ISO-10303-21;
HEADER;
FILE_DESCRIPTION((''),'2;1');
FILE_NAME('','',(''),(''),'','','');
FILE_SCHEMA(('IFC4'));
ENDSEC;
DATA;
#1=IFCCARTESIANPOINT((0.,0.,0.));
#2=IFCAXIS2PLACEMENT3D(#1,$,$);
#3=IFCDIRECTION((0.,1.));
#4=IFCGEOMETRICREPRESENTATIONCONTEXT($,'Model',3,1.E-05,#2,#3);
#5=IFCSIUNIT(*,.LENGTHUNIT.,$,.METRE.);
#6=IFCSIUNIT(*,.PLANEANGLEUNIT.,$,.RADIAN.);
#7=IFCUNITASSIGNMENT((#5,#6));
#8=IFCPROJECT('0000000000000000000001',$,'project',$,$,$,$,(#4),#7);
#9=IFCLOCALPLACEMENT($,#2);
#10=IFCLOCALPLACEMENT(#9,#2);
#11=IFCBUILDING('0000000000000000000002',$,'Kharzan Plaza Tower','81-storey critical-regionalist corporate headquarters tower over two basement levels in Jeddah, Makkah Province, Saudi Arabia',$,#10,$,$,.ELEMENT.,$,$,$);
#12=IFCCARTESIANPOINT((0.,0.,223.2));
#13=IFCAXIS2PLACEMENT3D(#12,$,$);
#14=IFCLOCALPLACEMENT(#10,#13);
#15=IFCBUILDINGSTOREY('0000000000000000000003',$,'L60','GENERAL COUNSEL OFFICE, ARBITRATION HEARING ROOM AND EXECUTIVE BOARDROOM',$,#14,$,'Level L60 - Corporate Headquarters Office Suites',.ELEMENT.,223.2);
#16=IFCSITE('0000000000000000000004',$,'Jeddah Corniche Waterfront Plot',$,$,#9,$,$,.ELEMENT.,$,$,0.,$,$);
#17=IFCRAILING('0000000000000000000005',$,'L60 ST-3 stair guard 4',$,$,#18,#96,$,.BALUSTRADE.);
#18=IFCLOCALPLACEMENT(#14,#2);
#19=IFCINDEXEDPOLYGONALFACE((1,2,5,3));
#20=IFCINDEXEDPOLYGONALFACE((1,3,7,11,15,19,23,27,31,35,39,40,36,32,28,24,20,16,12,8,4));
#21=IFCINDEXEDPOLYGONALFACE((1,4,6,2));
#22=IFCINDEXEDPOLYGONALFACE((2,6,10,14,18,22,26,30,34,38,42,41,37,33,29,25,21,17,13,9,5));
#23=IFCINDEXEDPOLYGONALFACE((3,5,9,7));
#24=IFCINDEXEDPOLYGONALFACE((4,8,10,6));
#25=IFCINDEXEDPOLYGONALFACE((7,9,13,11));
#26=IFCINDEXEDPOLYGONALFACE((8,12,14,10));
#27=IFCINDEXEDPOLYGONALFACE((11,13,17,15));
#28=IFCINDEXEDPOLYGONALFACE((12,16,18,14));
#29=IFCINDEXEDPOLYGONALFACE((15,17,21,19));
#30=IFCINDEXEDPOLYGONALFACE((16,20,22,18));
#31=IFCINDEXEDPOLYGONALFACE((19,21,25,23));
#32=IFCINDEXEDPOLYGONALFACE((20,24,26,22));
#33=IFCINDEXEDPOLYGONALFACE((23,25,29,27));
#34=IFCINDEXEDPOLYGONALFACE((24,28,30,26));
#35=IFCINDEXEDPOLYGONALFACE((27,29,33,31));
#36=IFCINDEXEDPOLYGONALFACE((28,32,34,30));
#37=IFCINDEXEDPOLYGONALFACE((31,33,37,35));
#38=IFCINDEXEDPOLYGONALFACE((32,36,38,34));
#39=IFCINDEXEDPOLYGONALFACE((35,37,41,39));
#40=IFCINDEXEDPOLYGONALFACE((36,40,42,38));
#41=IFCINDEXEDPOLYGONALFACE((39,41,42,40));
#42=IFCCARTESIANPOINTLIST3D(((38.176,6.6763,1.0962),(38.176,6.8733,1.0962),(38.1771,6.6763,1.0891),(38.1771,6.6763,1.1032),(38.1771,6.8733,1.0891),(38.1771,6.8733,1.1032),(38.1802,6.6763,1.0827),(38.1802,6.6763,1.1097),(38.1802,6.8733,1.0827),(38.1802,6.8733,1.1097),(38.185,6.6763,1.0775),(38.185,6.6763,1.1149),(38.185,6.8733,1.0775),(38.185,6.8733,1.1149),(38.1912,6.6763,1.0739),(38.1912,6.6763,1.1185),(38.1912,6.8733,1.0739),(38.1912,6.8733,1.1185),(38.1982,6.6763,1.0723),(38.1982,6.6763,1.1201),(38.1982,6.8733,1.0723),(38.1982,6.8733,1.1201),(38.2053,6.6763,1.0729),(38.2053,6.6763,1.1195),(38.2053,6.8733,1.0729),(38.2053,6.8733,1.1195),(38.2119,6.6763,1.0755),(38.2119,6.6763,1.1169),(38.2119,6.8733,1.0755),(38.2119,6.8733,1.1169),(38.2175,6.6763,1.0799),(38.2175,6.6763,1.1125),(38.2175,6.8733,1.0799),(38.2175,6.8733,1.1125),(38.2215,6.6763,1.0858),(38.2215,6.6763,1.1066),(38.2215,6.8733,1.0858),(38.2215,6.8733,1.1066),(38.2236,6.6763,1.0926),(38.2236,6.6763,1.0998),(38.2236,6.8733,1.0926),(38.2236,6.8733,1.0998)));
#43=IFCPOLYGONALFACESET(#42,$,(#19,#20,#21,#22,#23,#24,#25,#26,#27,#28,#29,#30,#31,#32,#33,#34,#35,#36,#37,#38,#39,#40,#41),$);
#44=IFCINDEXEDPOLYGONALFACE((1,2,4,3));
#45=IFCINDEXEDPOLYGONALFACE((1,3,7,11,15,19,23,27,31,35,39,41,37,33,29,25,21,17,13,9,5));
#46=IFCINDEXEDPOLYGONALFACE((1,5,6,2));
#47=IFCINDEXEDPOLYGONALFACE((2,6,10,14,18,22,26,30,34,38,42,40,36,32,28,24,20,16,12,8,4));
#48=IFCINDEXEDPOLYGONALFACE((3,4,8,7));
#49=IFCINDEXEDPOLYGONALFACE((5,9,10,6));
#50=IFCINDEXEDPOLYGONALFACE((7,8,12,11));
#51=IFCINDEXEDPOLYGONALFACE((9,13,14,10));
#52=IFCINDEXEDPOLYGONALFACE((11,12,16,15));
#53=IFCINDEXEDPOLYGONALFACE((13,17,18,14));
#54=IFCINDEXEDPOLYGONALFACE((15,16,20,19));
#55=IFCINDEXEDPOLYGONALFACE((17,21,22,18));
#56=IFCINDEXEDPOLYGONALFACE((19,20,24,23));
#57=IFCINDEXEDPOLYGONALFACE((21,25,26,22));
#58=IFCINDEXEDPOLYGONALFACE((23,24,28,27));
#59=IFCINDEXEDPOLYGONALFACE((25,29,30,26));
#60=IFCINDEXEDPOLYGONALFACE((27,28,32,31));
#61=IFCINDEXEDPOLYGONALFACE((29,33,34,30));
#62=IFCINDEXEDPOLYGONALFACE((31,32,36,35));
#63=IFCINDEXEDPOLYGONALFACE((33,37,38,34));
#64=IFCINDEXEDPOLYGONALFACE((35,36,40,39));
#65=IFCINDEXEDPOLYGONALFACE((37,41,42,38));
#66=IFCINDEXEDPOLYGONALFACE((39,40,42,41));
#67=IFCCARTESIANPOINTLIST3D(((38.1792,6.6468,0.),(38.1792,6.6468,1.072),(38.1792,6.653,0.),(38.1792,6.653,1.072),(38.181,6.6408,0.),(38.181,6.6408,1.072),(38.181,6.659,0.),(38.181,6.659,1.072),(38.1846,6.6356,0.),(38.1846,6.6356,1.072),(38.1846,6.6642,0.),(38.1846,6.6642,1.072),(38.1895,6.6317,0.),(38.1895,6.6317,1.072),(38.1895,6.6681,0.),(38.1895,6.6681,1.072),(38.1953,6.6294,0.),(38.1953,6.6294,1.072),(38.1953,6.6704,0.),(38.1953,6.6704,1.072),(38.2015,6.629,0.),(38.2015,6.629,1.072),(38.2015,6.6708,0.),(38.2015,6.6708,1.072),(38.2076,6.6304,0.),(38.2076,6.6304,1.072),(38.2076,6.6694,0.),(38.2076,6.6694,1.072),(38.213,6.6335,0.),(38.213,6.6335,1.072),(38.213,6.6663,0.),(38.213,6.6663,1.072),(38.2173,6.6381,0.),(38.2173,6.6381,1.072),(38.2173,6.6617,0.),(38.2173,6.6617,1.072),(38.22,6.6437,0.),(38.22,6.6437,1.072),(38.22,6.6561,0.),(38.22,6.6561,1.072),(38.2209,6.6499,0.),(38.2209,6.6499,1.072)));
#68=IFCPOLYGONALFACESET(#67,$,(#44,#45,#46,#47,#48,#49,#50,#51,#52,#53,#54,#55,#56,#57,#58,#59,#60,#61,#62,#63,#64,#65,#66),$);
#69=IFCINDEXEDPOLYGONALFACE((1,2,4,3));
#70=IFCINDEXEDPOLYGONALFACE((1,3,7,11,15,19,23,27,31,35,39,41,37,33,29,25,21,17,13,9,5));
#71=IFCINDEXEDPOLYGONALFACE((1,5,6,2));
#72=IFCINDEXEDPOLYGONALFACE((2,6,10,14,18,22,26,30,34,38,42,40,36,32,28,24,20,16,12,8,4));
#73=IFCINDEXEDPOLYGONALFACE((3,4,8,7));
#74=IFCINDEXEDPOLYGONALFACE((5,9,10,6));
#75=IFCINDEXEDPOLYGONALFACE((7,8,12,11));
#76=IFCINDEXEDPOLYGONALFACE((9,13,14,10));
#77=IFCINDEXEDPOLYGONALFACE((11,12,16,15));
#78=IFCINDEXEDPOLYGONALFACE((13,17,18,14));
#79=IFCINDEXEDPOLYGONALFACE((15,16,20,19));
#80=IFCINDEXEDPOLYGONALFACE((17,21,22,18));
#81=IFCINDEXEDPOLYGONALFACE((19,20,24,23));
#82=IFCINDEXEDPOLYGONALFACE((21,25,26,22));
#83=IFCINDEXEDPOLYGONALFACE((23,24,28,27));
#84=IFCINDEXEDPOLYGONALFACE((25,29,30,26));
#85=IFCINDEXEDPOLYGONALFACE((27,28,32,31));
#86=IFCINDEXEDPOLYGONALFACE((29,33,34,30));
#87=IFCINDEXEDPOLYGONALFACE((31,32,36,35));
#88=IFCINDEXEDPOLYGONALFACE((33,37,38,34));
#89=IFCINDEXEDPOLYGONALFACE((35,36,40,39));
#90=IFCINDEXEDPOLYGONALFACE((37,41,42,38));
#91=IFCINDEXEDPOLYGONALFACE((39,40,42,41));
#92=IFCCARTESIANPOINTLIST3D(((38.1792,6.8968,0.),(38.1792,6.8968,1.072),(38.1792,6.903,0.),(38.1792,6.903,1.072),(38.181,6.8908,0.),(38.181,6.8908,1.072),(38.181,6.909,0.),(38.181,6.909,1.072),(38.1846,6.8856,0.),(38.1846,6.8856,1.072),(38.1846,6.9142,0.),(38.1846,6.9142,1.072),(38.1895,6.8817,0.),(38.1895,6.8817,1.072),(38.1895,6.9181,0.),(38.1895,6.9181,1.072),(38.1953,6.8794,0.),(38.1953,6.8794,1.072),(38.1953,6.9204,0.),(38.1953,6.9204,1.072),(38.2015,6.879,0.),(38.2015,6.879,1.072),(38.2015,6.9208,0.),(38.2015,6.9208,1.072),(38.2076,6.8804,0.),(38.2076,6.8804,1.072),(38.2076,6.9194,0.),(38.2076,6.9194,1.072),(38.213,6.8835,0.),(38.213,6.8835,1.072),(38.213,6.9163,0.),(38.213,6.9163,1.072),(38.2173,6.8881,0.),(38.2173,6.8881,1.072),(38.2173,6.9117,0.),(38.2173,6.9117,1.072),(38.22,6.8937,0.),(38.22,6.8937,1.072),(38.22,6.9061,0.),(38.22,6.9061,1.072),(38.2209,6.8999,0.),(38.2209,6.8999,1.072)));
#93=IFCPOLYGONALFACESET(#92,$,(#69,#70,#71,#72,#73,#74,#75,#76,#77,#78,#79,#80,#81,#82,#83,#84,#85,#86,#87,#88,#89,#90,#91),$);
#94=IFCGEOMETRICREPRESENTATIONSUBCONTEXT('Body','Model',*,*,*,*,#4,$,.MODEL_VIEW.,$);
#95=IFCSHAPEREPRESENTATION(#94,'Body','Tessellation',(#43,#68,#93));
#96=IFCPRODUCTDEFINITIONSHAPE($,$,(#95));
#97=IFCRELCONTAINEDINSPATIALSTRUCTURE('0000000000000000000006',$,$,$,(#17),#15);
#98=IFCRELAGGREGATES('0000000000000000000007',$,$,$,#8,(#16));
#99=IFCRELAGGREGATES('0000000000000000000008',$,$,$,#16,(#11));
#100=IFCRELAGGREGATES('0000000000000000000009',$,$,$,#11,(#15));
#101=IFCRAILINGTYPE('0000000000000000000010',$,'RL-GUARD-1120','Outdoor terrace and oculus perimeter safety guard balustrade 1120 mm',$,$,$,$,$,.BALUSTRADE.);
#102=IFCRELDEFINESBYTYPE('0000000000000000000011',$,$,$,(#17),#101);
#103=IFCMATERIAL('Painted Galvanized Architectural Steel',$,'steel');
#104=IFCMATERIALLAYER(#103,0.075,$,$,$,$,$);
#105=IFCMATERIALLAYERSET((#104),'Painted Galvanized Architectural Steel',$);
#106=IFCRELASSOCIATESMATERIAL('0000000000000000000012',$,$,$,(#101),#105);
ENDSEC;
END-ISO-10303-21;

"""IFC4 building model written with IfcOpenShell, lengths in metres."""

from ifc_helpers import new_model, si_unit, direction, frame, origin, origin_2d, place, context, subcontext, project, spatial, circle, extrude, source, transform, mapped, material, layer, layer_set, type_object, element, save


model = new_model("IFC4")

# Units and contexts
model_context = context("Model", 3, precision=1e-05, world=origin(), true_north=direction((0.0, 1.0)))
body_context = subcontext(model_context, "Body", "Model", "MODEL_VIEW")
ifc_project = project(units=[si_unit("LENGTHUNIT", "METRE"), si_unit("PLANEANGLEUNIT", "RADIAN")], contexts=[model_context])

# Site, building, storey
site_placement = place(None, origin())
site = spatial("IfcSite", under=ifc_project, at=site_placement, Name="Jeddah Corniche Waterfront Plot", CompositionType="ELEMENT", RefElevation=0.0)
building_placement = place(site_placement, origin())
building = spatial("IfcBuilding", under=site, at=building_placement, Name="Kharzan Plaza Tower", Description="81-storey critical-regionalist corporate headquarters tower over two basement levels in Jeddah, Makkah Province, Saudi Arabia", CompositionType="ELEMENT")
storey_placement = place(building_placement, frame((0.0, 0.0, 223.2)))
storey = spatial("IfcBuildingStorey", under=building, at=storey_placement, Name="L60", Description="GENERAL COUNSEL OFFICE, ARBITRATION HEARING ROOM AND EXECUTIVE BOARDROOM", LongName="Level L60 - Corporate Headquarters Office Suites", CompositionType="ELEMENT", Elevation=223.2)

# Railing
ifc_material_1 = material(Name="Painted Galvanized Architectural Steel", Category="steel")
ifc_layer_1 = layer(ifc_material_1, 0.075)
ifc_layer_set_1 = layer_set([ifc_layer_1], Name="Painted Galvanized Architectural Steel")
railing_type_1 = type_object("IfcRailingType", Name="RL-GUARD-1120", Description="Outdoor terrace and oculus perimeter safety guard balustrade 1120 mm", PredefinedType="BALUSTRADE", material=ifc_layer_set_1)
shared_shape_1 = source(origin(), body_context, "Body", "SweptSolid", [
    extrude(circle(Radius=0.0239, at=origin_2d()), frame((0.0, 0.0264, 1.0962), z_axis=(0.0, 1.0, 0.0), x_axis=(-1.0, 0.0, 0.0)), (0.0, 0.0, 1.0), 0.197),
    extrude(circle(Radius=0.021, at=origin_2d()), origin(), (0.0, 0.0, 1.0), 1.072),
    extrude(circle(Radius=0.021, at=origin_2d()), frame((0.0, 0.25, 0.0)), (0.0, 0.0, 1.0), 1.072),
])
railing_1_placement = place(storey_placement, frame((38.2, 6.6499, 0.0)))
element("IfcRailing", 1, at=railing_1_placement, inside=storey, type_object=railing_type_1, Name="L60 ST-3 stair guard 4", PredefinedType="BALUSTRADE", context=body_context, shape_type="MappedRepresentation", body=[
    mapped(shared_shape_1, transform((0.0, 0.0, 0.0), x_axis=(1.0, 0.0, 0.0), y_axis=(0.0, 1.0, 0.0), z_axis=(0.0, 0.0, 1.0))),
])

save(model, "model.ifc")
